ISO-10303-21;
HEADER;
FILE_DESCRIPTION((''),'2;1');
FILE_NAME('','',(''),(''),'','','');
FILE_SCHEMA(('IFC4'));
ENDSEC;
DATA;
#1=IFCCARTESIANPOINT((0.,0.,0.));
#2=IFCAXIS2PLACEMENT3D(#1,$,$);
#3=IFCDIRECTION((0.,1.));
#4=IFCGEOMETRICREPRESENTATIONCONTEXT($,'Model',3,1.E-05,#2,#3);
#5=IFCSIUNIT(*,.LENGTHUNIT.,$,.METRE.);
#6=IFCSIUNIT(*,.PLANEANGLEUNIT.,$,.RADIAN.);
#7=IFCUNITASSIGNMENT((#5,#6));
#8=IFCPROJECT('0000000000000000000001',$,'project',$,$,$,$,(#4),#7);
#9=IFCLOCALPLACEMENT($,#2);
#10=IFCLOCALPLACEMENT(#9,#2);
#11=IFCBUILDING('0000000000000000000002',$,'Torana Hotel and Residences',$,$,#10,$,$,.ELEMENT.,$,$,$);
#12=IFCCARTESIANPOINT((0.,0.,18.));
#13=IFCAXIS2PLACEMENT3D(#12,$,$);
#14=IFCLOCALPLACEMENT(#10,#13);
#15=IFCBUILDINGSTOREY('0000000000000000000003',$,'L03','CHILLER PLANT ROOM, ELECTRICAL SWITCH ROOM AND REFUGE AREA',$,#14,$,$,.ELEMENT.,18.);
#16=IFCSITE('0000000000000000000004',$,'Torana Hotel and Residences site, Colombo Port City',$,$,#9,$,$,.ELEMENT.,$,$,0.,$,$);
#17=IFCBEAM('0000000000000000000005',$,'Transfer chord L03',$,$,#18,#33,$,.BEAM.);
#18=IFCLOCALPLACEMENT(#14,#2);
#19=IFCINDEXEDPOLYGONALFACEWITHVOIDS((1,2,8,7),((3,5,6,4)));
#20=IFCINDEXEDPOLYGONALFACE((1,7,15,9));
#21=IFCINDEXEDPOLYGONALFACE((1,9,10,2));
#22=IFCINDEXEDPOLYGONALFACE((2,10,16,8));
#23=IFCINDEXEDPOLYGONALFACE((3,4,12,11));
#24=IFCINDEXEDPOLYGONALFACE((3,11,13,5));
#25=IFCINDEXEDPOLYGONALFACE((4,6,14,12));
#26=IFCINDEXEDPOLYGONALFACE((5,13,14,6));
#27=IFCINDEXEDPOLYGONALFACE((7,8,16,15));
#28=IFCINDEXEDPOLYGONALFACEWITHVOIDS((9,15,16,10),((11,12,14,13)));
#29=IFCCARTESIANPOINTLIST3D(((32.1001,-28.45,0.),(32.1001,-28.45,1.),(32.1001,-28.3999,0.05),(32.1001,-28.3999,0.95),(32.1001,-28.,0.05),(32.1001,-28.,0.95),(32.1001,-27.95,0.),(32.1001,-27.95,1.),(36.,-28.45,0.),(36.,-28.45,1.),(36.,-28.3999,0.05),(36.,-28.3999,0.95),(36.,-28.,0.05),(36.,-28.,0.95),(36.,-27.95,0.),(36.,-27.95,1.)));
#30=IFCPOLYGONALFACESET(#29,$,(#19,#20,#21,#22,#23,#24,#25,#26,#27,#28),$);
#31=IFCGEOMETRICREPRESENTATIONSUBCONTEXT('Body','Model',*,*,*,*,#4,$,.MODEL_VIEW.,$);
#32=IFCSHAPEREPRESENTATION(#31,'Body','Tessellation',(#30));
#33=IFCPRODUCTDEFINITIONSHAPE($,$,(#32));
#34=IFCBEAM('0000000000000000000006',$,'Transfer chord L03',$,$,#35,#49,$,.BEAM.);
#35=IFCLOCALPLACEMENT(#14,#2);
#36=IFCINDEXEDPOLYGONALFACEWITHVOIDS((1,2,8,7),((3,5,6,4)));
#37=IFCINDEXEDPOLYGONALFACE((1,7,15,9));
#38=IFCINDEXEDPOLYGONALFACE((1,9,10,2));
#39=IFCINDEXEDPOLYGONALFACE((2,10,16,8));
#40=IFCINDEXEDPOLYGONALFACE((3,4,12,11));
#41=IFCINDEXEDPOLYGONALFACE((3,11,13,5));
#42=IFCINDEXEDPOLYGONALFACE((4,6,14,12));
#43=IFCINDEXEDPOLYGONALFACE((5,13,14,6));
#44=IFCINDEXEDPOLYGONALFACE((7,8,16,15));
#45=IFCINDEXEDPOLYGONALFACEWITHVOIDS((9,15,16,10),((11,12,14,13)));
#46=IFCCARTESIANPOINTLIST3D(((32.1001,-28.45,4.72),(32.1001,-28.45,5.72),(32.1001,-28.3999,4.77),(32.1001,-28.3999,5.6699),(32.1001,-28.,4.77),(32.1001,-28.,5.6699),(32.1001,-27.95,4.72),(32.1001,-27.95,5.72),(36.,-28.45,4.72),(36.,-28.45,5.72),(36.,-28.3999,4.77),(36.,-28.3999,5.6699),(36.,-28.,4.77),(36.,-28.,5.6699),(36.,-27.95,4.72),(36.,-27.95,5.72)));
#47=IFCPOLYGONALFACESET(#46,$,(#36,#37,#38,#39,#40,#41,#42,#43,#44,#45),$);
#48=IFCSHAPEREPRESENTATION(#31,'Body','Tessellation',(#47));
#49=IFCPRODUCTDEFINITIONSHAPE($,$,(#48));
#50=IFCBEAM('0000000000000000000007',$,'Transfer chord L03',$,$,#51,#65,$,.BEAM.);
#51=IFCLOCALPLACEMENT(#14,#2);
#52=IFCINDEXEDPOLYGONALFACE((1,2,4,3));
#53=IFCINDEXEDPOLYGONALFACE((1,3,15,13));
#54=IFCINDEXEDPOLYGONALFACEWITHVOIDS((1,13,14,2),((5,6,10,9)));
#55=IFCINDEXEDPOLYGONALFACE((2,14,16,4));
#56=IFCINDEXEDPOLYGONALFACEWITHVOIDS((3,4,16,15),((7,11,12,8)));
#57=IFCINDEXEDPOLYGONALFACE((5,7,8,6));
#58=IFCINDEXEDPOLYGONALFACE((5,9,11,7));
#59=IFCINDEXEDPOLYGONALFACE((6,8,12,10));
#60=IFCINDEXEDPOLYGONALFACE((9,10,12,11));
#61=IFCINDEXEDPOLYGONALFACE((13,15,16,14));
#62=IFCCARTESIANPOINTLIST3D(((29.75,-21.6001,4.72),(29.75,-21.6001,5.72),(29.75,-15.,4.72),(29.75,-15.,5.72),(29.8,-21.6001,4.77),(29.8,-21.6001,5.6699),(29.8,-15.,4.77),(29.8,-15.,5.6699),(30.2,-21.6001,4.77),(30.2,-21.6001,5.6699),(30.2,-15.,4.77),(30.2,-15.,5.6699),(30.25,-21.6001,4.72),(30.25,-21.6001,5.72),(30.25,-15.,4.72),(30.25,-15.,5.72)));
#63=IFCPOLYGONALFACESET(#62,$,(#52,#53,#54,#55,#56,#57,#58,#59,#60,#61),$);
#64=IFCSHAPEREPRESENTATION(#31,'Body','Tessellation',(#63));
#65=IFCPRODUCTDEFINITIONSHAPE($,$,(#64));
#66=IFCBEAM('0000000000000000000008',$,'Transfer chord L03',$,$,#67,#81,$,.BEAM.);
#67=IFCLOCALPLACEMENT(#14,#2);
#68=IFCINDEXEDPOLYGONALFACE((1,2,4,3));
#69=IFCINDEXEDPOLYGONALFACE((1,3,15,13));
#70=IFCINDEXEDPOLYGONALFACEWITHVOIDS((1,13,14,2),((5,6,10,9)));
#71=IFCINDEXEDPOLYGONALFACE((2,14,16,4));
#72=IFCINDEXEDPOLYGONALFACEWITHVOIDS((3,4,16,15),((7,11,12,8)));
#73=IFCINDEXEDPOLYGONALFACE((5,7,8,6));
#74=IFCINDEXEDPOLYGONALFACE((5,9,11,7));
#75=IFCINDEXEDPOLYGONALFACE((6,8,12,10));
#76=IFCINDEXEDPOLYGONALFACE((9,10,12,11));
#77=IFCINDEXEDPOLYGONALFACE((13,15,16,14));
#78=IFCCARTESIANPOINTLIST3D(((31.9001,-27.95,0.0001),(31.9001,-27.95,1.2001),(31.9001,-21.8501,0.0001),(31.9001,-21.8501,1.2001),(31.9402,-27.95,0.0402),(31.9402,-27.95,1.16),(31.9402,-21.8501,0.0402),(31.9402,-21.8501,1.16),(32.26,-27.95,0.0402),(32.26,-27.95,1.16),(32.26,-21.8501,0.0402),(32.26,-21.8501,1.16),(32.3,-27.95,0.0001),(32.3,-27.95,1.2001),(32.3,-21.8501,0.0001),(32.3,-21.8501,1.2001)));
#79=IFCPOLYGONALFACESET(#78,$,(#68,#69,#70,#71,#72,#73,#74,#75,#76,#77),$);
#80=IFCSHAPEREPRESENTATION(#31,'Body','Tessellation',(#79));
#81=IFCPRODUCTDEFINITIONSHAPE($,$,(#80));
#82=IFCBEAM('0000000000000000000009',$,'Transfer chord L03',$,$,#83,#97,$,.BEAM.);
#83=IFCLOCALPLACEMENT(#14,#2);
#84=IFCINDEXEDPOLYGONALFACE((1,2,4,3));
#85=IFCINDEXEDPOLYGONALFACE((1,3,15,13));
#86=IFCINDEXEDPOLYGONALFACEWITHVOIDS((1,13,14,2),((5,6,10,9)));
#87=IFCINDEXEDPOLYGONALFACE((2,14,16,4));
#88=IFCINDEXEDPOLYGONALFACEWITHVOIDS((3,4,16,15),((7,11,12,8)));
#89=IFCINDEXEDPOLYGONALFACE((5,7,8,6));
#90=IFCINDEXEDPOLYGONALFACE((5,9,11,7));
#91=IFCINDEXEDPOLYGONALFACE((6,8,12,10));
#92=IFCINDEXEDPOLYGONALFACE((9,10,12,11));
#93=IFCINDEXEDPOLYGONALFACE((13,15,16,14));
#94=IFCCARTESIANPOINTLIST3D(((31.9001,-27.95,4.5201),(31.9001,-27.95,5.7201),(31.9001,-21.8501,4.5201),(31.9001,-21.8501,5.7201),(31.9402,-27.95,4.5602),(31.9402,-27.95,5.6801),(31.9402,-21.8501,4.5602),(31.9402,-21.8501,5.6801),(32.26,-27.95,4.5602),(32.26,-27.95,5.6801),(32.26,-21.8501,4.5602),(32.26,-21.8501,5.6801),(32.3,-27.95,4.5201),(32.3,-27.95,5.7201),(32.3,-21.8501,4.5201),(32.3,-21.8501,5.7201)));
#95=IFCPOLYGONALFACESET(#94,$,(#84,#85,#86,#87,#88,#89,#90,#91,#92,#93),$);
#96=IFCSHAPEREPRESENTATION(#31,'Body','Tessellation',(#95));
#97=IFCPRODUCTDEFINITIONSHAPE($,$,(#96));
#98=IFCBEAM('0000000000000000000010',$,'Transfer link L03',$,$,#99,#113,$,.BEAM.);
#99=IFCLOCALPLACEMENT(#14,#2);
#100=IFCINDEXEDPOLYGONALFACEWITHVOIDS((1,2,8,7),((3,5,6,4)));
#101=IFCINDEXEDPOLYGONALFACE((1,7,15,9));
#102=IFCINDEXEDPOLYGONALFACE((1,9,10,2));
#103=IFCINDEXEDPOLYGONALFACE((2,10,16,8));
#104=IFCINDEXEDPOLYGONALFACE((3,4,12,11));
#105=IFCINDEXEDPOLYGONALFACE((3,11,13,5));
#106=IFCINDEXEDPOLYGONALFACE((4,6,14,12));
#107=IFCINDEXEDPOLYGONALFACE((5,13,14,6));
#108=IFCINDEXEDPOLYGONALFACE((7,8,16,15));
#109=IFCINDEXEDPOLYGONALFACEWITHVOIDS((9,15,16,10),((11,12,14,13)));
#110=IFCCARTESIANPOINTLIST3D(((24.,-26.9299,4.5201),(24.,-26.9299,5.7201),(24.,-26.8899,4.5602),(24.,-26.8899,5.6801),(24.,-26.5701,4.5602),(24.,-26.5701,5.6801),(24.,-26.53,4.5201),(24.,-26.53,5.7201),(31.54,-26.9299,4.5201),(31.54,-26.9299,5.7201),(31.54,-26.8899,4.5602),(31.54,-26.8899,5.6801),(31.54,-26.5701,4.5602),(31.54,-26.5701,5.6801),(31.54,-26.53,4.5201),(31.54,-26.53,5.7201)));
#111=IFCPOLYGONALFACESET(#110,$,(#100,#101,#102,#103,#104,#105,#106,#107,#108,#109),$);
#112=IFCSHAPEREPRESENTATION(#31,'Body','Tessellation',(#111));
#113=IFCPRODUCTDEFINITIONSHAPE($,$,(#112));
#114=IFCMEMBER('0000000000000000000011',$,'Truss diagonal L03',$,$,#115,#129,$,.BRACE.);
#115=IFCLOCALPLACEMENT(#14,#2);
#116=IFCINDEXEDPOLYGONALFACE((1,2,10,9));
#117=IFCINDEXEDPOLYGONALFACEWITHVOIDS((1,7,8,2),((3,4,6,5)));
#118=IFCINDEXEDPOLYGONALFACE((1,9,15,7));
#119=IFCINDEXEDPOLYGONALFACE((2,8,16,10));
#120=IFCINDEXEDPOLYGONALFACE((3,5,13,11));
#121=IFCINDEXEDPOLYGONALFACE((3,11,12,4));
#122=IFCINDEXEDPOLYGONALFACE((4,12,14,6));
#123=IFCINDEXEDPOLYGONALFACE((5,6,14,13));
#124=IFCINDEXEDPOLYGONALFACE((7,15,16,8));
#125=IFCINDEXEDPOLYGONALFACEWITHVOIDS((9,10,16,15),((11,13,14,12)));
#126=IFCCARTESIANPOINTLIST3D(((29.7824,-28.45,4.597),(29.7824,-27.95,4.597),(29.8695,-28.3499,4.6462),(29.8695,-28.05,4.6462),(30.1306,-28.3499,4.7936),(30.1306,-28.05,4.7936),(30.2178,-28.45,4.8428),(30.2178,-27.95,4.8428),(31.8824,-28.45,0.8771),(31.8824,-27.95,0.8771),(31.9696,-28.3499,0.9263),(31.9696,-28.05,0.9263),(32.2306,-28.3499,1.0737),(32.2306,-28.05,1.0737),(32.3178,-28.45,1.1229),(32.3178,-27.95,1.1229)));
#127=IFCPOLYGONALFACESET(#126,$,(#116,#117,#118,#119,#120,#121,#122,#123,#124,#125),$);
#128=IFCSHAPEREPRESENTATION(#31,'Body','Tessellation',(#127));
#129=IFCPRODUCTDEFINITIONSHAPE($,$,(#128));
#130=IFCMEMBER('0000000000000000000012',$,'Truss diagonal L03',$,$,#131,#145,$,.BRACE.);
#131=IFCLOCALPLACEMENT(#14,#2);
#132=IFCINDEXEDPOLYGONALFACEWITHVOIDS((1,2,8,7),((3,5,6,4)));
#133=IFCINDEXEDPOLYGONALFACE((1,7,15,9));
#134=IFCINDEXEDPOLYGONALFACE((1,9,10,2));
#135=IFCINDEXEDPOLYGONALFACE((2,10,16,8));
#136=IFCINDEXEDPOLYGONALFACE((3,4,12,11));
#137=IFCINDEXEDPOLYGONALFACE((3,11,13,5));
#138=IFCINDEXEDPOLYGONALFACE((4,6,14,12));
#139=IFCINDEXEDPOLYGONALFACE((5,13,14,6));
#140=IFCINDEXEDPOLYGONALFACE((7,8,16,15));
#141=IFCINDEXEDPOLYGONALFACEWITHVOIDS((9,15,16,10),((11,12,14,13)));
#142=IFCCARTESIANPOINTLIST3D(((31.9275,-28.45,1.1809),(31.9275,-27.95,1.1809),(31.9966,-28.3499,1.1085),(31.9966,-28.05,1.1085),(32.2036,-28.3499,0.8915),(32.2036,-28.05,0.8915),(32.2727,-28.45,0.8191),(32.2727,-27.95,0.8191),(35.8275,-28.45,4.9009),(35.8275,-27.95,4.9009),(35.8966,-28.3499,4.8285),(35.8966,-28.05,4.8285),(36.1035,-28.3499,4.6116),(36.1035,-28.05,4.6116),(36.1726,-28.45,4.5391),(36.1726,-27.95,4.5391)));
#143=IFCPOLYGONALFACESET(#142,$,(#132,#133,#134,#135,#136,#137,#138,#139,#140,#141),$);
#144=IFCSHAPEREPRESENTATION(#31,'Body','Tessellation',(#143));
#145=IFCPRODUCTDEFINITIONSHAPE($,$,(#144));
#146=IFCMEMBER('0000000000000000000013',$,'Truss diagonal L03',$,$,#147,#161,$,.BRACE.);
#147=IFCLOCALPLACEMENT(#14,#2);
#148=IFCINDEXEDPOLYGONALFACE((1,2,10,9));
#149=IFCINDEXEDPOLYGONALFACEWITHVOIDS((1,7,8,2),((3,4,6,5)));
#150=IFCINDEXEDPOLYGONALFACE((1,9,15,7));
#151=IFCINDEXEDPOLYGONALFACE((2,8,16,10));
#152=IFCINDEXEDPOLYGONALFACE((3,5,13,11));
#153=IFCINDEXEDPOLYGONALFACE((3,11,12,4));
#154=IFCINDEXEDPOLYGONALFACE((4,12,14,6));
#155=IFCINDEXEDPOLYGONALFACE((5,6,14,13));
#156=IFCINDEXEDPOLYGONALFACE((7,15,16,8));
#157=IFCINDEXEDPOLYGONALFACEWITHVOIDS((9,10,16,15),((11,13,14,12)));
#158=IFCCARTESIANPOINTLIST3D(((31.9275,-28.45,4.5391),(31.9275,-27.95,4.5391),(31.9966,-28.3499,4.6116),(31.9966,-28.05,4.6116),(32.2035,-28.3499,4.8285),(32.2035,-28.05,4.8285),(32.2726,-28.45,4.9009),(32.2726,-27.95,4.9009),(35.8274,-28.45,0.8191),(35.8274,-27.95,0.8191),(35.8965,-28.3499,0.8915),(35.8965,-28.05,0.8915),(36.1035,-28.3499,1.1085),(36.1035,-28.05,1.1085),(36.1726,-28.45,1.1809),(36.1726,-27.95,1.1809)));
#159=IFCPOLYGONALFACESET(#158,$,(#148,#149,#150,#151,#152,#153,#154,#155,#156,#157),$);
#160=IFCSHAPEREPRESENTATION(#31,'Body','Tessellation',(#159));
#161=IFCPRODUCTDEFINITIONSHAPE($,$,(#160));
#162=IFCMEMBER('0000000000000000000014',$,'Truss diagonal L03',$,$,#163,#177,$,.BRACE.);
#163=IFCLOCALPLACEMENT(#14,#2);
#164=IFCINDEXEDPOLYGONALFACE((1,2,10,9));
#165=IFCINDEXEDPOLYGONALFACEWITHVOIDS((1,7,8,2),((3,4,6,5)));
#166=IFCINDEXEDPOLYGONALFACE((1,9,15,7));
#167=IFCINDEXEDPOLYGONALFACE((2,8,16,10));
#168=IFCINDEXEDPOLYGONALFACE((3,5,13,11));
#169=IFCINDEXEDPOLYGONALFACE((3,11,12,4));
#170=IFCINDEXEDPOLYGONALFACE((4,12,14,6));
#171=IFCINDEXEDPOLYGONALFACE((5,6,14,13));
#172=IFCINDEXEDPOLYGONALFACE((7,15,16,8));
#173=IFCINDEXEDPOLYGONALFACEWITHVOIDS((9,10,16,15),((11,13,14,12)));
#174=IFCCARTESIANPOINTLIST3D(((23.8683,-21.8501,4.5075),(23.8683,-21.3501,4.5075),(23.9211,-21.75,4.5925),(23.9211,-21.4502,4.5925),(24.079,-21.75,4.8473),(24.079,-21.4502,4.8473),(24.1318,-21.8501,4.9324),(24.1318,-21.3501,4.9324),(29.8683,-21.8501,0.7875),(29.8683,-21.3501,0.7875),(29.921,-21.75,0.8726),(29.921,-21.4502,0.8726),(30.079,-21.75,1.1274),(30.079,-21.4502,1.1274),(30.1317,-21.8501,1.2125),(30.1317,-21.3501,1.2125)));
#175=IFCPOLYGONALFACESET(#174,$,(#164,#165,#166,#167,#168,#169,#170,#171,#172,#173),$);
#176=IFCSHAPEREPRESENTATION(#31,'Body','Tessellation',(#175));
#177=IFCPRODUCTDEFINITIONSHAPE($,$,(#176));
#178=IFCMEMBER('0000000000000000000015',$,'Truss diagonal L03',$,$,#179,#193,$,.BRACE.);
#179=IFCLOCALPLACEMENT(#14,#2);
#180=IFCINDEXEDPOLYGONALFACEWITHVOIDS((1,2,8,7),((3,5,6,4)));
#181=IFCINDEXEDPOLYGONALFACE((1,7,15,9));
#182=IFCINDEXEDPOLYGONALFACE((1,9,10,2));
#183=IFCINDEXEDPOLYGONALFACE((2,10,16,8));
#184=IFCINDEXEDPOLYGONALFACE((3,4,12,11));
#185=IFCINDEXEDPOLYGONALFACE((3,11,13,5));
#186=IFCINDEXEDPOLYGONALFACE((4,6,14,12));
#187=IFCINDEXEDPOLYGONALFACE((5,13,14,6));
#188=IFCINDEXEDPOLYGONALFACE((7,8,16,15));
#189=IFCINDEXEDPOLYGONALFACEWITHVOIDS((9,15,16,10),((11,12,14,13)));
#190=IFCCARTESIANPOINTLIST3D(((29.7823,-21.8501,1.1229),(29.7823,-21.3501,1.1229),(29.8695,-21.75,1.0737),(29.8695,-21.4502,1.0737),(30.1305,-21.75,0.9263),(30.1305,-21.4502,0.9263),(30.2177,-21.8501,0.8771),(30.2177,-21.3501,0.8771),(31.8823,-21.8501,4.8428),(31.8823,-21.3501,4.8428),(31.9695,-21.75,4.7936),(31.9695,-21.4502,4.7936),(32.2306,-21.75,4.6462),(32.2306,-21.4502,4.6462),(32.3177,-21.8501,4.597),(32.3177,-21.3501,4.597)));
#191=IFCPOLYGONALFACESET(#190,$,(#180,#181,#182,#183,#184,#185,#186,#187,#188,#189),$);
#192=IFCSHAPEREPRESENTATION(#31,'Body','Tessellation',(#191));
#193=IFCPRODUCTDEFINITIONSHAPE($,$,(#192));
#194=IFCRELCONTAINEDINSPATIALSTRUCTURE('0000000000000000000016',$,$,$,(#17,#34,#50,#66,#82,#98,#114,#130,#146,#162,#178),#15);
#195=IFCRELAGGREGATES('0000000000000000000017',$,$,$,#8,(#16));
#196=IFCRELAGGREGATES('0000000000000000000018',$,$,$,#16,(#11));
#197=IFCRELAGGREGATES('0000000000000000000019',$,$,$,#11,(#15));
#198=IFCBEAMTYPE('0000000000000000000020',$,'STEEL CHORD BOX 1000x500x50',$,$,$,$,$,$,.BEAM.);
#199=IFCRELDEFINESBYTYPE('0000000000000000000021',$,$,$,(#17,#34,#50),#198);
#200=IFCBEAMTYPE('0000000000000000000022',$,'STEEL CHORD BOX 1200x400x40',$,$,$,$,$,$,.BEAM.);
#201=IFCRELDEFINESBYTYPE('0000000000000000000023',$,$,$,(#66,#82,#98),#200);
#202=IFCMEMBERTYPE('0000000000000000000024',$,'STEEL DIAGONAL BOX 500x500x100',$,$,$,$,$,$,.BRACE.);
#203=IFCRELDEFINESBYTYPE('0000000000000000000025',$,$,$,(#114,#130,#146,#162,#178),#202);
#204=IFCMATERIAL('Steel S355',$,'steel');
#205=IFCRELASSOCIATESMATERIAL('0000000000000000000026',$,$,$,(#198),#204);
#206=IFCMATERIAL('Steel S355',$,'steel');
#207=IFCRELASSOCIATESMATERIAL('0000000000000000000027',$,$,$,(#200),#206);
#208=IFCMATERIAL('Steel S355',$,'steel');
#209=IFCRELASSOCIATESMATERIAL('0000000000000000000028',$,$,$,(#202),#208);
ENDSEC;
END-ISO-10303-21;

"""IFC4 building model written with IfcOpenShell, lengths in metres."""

from ifc_helpers import new_model, si_unit, direction, frame, origin, origin_2d, place, context, subcontext, project, spatial, hollow_rectangle, extrude, material, material_profile, profile_set, type_object, element, save


model = new_model("IFC4")

# Units and contexts
model_context = context("Model", 3, precision=1e-05, world=origin(), true_north=direction((0.0, 1.0)))
body_context = subcontext(model_context, "Body", "Model", "MODEL_VIEW")
ifc_project = project(units=[si_unit("LENGTHUNIT", "METRE"), si_unit("PLANEANGLEUNIT", "RADIAN")], contexts=[model_context])

# Site, building, storey
site_placement = place(None, origin())
site = spatial("IfcSite", under=ifc_project, at=site_placement, Name="Torana Hotel and Residences site, Colombo Port City", CompositionType="ELEMENT", RefElevation=0.0)
building_placement = place(site_placement, origin())
building = spatial("IfcBuilding", under=site, at=building_placement, Name="Torana Hotel and Residences", CompositionType="ELEMENT")
storey_placement = place(building_placement, frame((0.0, 0.0, 18.0)))
storey = spatial("IfcBuildingStorey", under=building, at=storey_placement, Name="L03", Description="CHILLER PLANT ROOM, ELECTRICAL SWITCH ROOM AND REFUGE AREA", CompositionType="ELEMENT", Elevation=18.0)

# Beams
ifc_material_1 = material(Name="Steel S355", Category="steel")
ifc_material_profile_1 = material_profile(ifc_material_1, hollow_rectangle(XDim=0.5, YDim=1.0, WallThickness=0.05, at=origin_2d()), Name="BOX 1000x500x50")
ifc_profile_set_1 = profile_set([ifc_material_profile_1], Name="Steel S355")
beam_type_1 = type_object("IfcBeamType", Name="STEEL CHORD BOX 1000x500x50", PredefinedType="BEAM", material=ifc_profile_set_1)
for number, where, z_axis, x_axis, name in (
    (1, (32.1001, -28.2, 0.5), (1.0, 0.0, 0.0), (0.0, 1.0, 0.0), "Transfer chord L03"),
    (2, (32.1001, -28.2, 5.22), (1.0, 0.0, 0.0), (0.0, 1.0, 0.0), "Transfer chord L03"),
):
    element("IfcBeam", number, at=place(storey_placement, frame(where, z_axis=z_axis, x_axis=x_axis)), inside=storey, type_object=beam_type_1, Name=name, PredefinedType="BEAM", context=body_context, shape_type="SweptSolid", body=[
        extrude(hollow_rectangle(XDim=0.5, YDim=1.0, WallThickness=0.05, at=origin_2d()), origin(), (0.0, 0.0, 1.0), 3.8999),
    ])
beam_1_placement = place(storey_placement, frame((30.0, -21.6001, 5.22), z_axis=(0.0, 1.0, 0.0), x_axis=(-1.0, 0.0, 0.0)))
element("IfcBeam", 3, at=beam_1_placement, inside=storey, type_object=beam_type_1, Name="Transfer chord L03", PredefinedType="BEAM", context=body_context, shape_type="SweptSolid", body=[
    extrude(hollow_rectangle(XDim=0.5, YDim=1.0, WallThickness=0.05, at=origin_2d()), origin(), (0.0, 0.0, 1.0), 6.6001),
])
ifc_material_2 = material(Name="Steel S355", Category="steel")
ifc_material_profile_2 = material_profile(ifc_material_2, hollow_rectangle(XDim=0.3999, YDim=1.2, WallThickness=0.04, at=origin_2d()), Name="BOX 1200x400x40")
ifc_profile_set_2 = profile_set([ifc_material_profile_2], Name="Steel S355")
beam_type_2 = type_object("IfcBeamType", Name="STEEL CHORD BOX 1200x400x40", PredefinedType="BEAM", material=ifc_profile_set_2)
for number, where, z_axis, x_axis, name in (
    (4, (32.1001, -27.95, 0.6001), (0.0, 1.0, 0.0), (-1.0, 0.0, 0.0), "Transfer chord L03"),
    (5, (32.1001, -27.95, 5.1201), (0.0, 1.0, 0.0), (-1.0, 0.0, 0.0), "Transfer chord L03"),
):
    element("IfcBeam", number, at=place(storey_placement, frame(where, z_axis=z_axis, x_axis=x_axis)), inside=storey, type_object=beam_type_2, Name=name, PredefinedType="BEAM", context=body_context, shape_type="SweptSolid", body=[
        extrude(hollow_rectangle(XDim=0.3999, YDim=1.2, WallThickness=0.04, at=origin_2d()), origin(), (0.0, 0.0, 1.0), 6.0999),
    ])
beam_2_placement = place(storey_placement, frame((31.54, -26.73, 5.1201), z_axis=(-1.0, 0.0, 0.0), x_axis=(0.0, -1.0, 0.0)))
element("IfcBeam", 6, at=beam_2_placement, inside=storey, type_object=beam_type_2, Name="Transfer link L03", PredefinedType="BEAM", context=body_context, shape_type="SweptSolid", body=[
    extrude(hollow_rectangle(XDim=0.3999, YDim=1.2, WallThickness=0.04, at=origin_2d()), origin(), (0.0, 0.0, 1.0), 7.54),
])

# Members
ifc_material_3 = material(Name="Steel S355", Category="steel")
ifc_material_profile_3 = material_profile(ifc_material_3, hollow_rectangle(XDim=0.5, YDim=0.5, WallThickness=0.1001, at=origin_2d()), Name="BOX 500x500x100")
ifc_profile_set_3 = profile_set([ifc_material_profile_3], Name="Steel S355")
member_type_1 = type_object("IfcMemberType", Name="STEEL DIAGONAL BOX 500x500x100", PredefinedType="BRACE", material=ifc_profile_set_3)
member_1_placement = place(storey_placement, frame((32.1001, -28.2, 1.0), z_axis=(-0.491615, 0.0, 0.870813), x_axis=(0.0, -1.0, 0.0)))
element("IfcMember", 7, at=member_1_placement, inside=storey, type_object=member_type_1, Name="Truss diagonal L03", PredefinedType="BRACE", context=body_context, shape_type="SweptSolid", body=[
    extrude(hollow_rectangle(XDim=0.5, YDim=0.5, WallThickness=0.1001, at=origin_2d()), origin(), (0.0, 0.0, 1.0), 4.2717),
])
for number, where, z_axis, x_axis, name in (
    (8, (32.1001, -28.2, 1.0), (0.723602, 0.0, 0.690217), (0.0, 1.0, 0.0), "Truss diagonal L03"),
    (9, (36.0, -28.2, 1.0), (-0.723602, 0.0, 0.690217), (0.0, -1.0, 0.0), "Truss diagonal L03"),
):
    element("IfcMember", number, at=place(storey_placement, frame(where, z_axis=z_axis, x_axis=x_axis)), inside=storey, type_object=member_type_1, Name=name, PredefinedType="BRACE", context=body_context, shape_type="SweptSolid", body=[
        extrude(hollow_rectangle(XDim=0.5, YDim=0.5, WallThickness=0.1001, at=origin_2d()), origin(), (0.0, 0.0, 1.0), 5.3896),
    ])
member_2_placement = place(storey_placement, frame((30.0, -21.6001, 1.0), z_axis=(-0.849905, 0.0, 0.526937), x_axis=(0.0, -1.0, 0.0)))
element("IfcMember", 10, at=member_2_placement, inside=storey, type_object=member_type_1, Name="Truss diagonal L03", PredefinedType="BRACE", context=body_context, shape_type="SweptSolid", body=[
    extrude(hollow_rectangle(XDim=0.5, YDim=0.5, WallThickness=0.1001, at=origin_2d()), origin(), (0.0, 0.0, 1.0), 7.0596),
])
member_3_placement = place(storey_placement, frame((30.0, -21.6001, 1.0), z_axis=(0.491615, 0.0, 0.870813), x_axis=(0.0, 1.0, 0.0)))
element("IfcMember", 11, at=member_3_placement, inside=storey, type_object=member_type_1, Name="Truss diagonal L03", PredefinedType="BRACE", context=body_context, shape_type="SweptSolid", body=[
    extrude(hollow_rectangle(XDim=0.5, YDim=0.5, WallThickness=0.1001, at=origin_2d()), origin(), (0.0, 0.0, 1.0), 4.2717),
])

save(model, "model.ifc")
